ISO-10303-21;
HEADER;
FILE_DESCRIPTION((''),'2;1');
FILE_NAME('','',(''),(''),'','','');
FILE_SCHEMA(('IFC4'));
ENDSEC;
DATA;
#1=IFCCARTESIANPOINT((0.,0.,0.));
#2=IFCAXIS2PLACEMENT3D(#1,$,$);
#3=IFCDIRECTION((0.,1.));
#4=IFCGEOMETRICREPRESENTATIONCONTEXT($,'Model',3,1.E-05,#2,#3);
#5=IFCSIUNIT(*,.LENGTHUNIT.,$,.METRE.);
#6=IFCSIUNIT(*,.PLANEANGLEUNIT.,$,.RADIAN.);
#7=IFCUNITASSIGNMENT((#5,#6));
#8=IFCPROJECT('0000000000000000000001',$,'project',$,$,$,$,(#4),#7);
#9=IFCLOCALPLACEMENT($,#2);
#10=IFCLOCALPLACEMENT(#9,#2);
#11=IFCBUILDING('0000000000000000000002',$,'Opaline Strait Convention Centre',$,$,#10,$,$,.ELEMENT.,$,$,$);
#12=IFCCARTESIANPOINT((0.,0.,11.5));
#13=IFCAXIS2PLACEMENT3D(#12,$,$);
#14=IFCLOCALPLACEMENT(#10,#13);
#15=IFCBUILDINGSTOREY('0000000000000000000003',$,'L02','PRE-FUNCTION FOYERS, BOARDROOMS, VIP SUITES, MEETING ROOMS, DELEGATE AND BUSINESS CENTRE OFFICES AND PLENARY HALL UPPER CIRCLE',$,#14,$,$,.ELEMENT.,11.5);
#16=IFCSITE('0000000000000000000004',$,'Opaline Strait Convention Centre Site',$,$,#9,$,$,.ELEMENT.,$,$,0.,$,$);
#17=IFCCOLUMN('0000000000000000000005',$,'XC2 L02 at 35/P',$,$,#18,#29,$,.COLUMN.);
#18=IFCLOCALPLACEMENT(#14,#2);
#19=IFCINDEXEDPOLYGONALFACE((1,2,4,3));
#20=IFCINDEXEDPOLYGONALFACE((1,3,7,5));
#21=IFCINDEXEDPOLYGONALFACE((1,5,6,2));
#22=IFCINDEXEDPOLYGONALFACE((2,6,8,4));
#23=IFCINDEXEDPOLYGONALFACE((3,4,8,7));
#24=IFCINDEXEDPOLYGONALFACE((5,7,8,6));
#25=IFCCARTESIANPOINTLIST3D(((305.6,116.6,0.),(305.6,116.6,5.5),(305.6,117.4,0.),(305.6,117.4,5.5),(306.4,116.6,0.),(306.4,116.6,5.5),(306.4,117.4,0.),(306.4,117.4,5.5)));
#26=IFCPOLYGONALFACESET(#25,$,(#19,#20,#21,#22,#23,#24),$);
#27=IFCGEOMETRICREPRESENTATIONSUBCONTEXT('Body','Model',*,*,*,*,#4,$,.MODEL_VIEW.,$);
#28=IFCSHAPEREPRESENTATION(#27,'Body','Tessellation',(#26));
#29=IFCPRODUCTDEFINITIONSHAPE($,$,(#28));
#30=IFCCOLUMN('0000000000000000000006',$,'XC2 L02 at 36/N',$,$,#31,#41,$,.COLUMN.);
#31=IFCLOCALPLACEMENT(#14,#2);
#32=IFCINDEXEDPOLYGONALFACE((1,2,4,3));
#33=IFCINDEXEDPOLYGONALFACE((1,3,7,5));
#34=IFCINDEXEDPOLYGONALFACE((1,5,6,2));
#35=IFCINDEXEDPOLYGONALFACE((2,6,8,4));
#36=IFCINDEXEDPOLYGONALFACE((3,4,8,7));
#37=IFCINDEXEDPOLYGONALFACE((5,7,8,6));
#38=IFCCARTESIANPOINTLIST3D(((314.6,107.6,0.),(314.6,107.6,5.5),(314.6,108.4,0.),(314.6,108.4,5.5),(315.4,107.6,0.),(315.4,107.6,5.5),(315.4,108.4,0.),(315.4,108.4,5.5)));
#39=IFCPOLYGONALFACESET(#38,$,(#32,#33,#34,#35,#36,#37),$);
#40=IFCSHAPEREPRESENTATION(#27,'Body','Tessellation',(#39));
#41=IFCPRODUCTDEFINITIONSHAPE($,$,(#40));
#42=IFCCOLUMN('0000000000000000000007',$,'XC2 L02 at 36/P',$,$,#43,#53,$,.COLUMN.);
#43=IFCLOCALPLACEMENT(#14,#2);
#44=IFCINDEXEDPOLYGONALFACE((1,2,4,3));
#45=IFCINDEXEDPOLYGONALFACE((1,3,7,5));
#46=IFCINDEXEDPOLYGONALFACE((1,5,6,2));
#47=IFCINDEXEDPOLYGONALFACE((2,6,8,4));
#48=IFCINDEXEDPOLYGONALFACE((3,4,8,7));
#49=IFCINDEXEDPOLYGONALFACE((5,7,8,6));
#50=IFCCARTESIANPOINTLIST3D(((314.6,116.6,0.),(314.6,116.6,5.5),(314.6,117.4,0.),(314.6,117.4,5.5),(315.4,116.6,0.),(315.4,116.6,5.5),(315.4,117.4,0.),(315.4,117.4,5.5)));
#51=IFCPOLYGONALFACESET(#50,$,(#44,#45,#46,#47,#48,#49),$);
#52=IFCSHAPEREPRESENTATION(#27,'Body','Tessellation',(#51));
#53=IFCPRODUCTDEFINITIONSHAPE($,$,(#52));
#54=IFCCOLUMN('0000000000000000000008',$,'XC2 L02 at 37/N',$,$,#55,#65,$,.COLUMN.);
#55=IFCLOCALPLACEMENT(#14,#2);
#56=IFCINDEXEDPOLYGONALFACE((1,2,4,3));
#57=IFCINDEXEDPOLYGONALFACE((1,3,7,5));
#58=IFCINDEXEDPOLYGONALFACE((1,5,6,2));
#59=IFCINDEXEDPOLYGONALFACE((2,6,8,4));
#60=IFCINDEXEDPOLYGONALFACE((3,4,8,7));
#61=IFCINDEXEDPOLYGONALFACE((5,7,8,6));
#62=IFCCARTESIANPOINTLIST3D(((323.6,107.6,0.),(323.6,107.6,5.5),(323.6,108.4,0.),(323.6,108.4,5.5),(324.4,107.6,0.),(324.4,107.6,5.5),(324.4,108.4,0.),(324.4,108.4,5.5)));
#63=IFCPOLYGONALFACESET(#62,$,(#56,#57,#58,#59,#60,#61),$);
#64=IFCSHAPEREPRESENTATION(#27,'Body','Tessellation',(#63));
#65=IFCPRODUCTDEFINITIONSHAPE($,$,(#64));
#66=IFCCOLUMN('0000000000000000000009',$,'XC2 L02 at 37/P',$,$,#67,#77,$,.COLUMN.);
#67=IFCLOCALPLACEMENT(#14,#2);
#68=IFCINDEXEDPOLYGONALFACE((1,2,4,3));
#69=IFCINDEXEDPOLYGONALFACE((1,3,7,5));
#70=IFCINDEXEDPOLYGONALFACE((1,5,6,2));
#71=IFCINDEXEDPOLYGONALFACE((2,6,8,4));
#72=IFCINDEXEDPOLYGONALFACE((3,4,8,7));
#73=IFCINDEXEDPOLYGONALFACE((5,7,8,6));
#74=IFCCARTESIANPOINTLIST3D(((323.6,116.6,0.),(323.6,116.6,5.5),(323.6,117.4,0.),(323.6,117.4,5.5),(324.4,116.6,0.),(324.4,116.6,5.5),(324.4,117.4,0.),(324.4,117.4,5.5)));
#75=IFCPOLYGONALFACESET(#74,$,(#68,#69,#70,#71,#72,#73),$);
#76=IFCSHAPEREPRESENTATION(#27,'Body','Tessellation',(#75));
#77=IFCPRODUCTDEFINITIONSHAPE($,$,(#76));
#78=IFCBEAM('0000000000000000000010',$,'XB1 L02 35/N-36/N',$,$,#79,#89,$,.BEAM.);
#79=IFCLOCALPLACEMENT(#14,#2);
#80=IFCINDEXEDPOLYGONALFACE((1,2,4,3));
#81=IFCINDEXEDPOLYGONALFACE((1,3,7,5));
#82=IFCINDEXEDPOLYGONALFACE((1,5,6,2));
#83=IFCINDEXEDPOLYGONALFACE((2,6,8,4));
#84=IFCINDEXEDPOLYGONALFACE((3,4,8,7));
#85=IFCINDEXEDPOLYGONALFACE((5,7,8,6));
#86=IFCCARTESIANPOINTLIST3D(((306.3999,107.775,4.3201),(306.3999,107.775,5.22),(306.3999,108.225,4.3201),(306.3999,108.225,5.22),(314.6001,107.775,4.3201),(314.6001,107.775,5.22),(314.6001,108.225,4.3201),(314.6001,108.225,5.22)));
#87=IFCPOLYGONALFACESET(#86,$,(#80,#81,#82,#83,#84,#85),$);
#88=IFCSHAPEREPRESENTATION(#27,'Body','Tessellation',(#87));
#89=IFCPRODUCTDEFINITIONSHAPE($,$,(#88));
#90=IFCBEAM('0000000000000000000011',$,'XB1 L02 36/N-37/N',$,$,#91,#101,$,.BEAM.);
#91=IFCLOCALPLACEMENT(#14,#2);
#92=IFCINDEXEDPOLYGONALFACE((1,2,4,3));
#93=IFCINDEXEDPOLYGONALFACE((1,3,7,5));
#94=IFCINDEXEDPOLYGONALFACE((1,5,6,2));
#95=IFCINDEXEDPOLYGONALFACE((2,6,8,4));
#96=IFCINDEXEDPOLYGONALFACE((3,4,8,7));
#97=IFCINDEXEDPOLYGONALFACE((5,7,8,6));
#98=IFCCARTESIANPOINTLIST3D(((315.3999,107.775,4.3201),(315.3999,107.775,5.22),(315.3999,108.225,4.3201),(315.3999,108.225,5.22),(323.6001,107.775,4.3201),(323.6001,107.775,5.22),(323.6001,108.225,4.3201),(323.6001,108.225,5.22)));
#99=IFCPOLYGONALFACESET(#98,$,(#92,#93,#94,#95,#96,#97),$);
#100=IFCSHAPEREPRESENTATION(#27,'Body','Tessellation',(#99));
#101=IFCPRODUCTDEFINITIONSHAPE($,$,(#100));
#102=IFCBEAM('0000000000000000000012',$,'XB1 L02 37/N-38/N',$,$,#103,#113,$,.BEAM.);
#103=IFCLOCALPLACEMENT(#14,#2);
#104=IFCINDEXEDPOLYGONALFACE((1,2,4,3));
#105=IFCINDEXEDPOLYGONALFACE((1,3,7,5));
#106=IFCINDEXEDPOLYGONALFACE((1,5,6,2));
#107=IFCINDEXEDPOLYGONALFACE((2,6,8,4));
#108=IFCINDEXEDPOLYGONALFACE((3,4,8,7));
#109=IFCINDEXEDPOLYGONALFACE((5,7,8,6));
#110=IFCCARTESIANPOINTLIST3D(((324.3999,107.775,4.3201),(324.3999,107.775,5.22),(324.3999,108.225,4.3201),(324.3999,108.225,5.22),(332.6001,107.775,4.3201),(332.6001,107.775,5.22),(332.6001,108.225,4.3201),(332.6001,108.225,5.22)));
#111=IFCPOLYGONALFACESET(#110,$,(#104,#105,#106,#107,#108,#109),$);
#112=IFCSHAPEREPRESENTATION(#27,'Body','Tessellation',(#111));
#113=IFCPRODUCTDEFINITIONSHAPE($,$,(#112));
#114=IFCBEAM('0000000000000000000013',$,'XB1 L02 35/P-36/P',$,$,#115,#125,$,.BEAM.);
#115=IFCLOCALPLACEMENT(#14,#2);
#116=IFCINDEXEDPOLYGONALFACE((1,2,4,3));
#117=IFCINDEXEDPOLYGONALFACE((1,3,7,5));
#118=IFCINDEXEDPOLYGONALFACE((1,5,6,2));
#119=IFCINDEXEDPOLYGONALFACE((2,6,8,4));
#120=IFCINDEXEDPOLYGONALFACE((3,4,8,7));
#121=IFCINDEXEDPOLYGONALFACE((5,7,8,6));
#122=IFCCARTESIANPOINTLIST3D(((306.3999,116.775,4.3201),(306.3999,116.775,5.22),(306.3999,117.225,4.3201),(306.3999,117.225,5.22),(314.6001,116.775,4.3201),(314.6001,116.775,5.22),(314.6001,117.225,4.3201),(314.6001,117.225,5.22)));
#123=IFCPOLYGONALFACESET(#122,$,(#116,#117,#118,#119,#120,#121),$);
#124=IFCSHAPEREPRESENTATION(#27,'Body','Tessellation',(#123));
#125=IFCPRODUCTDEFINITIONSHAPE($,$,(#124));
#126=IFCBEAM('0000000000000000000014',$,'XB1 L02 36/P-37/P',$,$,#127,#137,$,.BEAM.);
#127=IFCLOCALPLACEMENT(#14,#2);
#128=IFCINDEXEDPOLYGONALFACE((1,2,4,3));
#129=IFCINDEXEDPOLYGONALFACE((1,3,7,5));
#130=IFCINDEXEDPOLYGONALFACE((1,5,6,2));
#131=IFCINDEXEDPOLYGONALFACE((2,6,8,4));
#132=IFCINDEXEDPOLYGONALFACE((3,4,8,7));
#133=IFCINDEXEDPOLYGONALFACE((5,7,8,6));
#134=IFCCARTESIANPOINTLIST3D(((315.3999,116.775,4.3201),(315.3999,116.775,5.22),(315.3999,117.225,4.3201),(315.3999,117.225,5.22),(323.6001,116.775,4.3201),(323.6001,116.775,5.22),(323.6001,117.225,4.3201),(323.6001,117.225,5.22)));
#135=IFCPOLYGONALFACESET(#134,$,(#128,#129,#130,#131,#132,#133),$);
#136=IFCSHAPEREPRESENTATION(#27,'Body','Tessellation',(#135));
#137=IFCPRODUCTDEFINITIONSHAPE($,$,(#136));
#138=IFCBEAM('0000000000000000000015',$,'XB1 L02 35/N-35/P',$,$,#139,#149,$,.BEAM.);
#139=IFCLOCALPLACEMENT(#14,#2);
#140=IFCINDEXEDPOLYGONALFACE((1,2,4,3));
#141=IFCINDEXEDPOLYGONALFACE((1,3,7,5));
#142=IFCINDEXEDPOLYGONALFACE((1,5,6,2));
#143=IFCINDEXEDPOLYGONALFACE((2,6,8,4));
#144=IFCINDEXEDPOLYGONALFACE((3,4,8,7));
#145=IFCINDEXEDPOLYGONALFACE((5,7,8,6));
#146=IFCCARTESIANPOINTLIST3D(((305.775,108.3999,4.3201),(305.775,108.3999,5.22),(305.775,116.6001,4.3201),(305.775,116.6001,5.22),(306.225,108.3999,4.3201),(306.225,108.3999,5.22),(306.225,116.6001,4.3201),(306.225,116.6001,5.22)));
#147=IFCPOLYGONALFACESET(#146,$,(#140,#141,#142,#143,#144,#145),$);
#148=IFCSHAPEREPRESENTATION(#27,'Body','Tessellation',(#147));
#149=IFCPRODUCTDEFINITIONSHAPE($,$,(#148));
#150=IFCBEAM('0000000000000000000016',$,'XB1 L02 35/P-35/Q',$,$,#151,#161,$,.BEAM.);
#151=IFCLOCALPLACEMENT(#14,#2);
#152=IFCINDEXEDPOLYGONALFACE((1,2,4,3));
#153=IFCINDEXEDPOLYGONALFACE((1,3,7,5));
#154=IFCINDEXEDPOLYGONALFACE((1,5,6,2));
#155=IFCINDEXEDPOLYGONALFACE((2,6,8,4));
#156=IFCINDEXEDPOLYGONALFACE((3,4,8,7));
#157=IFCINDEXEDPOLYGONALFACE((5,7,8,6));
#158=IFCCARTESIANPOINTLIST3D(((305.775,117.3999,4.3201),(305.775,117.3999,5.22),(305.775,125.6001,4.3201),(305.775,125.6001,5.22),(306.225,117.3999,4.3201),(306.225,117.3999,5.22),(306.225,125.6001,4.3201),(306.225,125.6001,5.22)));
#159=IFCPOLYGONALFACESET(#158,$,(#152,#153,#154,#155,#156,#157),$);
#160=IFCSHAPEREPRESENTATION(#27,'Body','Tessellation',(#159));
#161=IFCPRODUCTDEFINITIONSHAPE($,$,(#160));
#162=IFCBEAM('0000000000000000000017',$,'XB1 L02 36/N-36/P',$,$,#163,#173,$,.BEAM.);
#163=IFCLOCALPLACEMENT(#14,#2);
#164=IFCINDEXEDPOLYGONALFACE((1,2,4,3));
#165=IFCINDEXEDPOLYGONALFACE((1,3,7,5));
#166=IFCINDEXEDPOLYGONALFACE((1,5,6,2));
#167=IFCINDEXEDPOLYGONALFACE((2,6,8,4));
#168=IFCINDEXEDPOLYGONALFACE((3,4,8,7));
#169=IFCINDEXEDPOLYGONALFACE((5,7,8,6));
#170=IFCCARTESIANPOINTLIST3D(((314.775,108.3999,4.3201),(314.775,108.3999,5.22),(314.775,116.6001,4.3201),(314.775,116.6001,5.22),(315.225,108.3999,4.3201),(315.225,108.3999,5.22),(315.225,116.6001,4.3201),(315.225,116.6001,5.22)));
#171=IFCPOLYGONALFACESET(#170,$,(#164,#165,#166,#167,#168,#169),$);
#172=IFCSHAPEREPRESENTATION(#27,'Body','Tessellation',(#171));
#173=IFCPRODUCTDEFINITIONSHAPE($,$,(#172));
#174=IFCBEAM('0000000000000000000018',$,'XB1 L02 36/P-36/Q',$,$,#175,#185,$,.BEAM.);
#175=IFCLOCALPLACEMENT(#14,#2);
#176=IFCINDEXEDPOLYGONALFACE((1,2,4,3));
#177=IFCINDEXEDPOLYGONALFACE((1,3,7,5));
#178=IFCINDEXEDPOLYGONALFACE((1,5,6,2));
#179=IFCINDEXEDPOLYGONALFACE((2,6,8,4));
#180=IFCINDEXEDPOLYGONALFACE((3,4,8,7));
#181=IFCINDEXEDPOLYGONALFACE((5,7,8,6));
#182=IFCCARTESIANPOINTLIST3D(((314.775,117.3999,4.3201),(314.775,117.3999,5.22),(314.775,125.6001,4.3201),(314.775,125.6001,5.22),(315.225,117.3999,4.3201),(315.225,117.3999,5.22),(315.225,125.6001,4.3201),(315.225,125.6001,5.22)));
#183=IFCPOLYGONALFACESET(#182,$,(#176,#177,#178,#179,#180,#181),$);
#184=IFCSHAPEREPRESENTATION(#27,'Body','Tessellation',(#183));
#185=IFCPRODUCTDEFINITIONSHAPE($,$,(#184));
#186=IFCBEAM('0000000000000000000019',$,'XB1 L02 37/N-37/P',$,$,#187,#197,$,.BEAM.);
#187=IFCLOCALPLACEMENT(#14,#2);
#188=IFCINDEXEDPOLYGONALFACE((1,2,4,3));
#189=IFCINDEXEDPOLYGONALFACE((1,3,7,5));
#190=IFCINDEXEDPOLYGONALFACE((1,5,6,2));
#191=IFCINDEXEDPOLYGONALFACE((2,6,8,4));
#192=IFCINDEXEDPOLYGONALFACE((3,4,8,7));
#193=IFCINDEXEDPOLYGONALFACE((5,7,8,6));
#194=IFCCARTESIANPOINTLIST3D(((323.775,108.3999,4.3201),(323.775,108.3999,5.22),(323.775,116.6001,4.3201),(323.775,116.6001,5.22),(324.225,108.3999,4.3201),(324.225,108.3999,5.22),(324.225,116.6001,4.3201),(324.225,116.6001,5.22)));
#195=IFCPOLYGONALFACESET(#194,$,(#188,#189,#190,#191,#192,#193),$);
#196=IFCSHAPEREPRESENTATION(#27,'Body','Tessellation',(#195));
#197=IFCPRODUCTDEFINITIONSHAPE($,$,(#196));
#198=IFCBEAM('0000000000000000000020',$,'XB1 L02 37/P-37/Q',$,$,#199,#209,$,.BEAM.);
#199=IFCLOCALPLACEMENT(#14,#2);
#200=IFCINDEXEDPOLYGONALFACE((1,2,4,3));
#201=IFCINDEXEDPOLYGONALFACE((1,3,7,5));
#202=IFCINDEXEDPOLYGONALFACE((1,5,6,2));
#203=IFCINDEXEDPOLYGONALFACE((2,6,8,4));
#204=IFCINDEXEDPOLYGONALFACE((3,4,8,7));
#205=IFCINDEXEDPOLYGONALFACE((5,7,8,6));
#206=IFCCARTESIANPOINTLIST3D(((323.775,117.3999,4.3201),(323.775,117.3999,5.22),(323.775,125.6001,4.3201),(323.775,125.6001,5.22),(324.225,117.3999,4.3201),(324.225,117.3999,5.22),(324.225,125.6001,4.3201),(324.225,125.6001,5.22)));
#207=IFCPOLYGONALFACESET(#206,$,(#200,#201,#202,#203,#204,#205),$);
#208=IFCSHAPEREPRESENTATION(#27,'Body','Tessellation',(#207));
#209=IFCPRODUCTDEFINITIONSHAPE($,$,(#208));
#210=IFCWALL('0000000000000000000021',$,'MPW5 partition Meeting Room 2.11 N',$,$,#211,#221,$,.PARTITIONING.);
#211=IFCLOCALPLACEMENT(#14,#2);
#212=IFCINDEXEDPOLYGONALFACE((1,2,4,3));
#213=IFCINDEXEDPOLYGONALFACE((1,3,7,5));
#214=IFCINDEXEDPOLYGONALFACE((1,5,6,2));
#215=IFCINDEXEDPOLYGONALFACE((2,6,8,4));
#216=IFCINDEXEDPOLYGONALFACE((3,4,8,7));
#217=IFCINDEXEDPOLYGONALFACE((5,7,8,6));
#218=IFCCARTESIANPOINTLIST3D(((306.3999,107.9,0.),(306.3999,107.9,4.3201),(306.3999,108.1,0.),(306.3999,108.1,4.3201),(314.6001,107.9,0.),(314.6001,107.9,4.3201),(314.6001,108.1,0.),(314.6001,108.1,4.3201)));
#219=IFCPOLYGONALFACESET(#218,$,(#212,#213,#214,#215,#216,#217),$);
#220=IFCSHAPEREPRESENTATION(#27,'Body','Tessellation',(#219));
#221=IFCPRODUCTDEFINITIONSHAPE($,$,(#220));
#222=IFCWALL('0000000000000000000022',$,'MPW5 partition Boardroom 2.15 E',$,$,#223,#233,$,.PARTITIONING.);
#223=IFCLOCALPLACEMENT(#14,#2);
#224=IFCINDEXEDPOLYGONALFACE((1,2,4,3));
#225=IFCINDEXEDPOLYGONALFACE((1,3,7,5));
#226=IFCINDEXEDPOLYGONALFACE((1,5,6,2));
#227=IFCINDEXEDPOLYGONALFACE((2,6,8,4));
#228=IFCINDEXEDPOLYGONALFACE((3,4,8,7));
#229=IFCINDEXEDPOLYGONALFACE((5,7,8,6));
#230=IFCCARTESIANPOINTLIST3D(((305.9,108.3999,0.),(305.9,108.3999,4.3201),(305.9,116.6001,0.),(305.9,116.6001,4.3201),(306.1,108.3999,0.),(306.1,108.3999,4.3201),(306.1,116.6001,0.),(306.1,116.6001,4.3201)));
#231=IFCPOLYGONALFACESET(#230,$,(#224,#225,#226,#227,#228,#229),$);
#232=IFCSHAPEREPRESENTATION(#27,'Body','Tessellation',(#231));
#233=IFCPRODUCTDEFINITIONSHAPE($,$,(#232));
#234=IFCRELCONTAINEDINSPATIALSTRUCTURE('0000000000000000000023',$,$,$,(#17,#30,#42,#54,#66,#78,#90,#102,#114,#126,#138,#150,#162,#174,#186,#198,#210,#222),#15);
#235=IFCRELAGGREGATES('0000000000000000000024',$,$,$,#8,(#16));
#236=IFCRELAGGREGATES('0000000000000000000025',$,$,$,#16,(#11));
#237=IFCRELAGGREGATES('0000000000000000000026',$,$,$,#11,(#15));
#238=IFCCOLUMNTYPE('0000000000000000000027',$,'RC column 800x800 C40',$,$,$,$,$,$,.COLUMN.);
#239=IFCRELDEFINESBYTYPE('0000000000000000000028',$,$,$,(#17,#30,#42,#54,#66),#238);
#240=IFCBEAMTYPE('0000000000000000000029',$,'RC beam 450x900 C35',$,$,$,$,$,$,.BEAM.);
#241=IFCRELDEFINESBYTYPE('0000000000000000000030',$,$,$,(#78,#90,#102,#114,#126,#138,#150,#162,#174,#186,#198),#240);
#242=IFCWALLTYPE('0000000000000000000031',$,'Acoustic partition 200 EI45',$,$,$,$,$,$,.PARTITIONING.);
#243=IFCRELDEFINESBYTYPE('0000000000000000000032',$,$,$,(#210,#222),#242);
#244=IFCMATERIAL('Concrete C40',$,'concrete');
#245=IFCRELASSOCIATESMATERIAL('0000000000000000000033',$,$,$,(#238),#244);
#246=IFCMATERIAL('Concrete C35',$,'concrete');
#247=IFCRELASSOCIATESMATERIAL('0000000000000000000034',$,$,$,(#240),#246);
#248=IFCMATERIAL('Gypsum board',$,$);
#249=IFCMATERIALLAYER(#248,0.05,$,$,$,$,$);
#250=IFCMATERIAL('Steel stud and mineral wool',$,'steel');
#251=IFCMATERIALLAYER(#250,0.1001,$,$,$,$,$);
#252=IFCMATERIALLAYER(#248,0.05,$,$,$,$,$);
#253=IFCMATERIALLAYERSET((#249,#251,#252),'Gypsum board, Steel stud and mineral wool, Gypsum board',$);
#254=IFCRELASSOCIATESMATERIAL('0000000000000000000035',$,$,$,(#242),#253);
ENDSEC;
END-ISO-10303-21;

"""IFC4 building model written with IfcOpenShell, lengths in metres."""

from ifc_helpers import new_model, si_unit, direction, frame, frame_2d, origin, origin_2d, place, context, subcontext, project, spatial, rectangle, extrude, material, layer, layer_set, material_profile, profile_set, type_object, element, save


model = new_model("IFC4")

# Units and contexts
model_context = context("Model", 3, precision=1e-05, world=origin(), true_north=direction((0.0, 1.0)))
body_context = subcontext(model_context, "Body", "Model", "MODEL_VIEW")
ifc_project = project(units=[si_unit("LENGTHUNIT", "METRE"), si_unit("PLANEANGLEUNIT", "RADIAN")], contexts=[model_context])

# Site, building, storey
site_placement = place(None, origin())
site = spatial("IfcSite", under=ifc_project, at=site_placement, Name="Opaline Strait Convention Centre Site", CompositionType="ELEMENT", RefElevation=0.0)
building_placement = place(site_placement, origin())
building = spatial("IfcBuilding", under=site, at=building_placement, Name="Opaline Strait Convention Centre", CompositionType="ELEMENT")
storey_placement = place(building_placement, frame((0.0, 0.0, 11.5)))
storey = spatial("IfcBuildingStorey", under=building, at=storey_placement, Name="L02", Description="PRE-FUNCTION FOYERS, BOARDROOMS, VIP SUITES, MEETING ROOMS, DELEGATE AND BUSINESS CENTRE OFFICES AND PLENARY HALL UPPER CIRCLE", CompositionType="ELEMENT", Elevation=11.5)

# Columns
ifc_material_1 = material(Name="Concrete C40", Category="concrete")
ifc_material_profile_1 = material_profile(ifc_material_1, rectangle(XDim=0.8, YDim=0.8, at=origin_2d()), Name="RC 800x800")
ifc_profile_set_1 = profile_set([ifc_material_profile_1], Name="Concrete C40")
column_type = type_object("IfcColumnType", Name="RC column 800x800 C40", PredefinedType="COLUMN", material=ifc_profile_set_1)
for number, where, z_axis, x_axis, name in (
    (1, (306.0, 117.0, 0.0), (0.0, 0.0, 1.0), (1.0, 0.0, 0.0), "XC2 L02 at 35/P"),
    (2, (315.0, 108.0, 0.0), (0.0, 0.0, 1.0), (1.0, 0.0, 0.0), "XC2 L02 at 36/N"),
    (3, (315.0, 117.0, 0.0), (0.0, 0.0, 1.0), (1.0, 0.0, 0.0), "XC2 L02 at 36/P"),
    (4, (324.0, 108.0, 0.0), (0.0, 0.0, 1.0), (1.0, 0.0, 0.0), "XC2 L02 at 37/N"),
    (5, (324.0, 117.0, 0.0), (0.0, 0.0, 1.0), (1.0, 0.0, 0.0), "XC2 L02 at 37/P"),
):
    element("IfcColumn", number, at=place(storey_placement, frame(where, z_axis=z_axis, x_axis=x_axis)), inside=storey, type_object=column_type, Name=name, PredefinedType="COLUMN", context=body_context, shape_type="SweptSolid", body=[
        extrude(rectangle(XDim=0.8, YDim=0.8, at=origin_2d()), origin(), (0.0, 0.0, 1.0), 5.5),
    ])

# Beams
ifc_material_2 = material(Name="Concrete C35", Category="concrete")
ifc_material_profile_2 = material_profile(ifc_material_2, rectangle(XDim=0.45, YDim=0.8999, at=origin_2d()), Name="RC 450x900")
ifc_profile_set_2 = profile_set([ifc_material_profile_2], Name="Concrete C35")
beam_type = type_object("IfcBeamType", Name="RC beam 450x900 C35", PredefinedType="BEAM", material=ifc_profile_set_2)
for number, where, z_axis, x_axis, name in (
    (6, (306.3999, 108.0, 4.77), (1.0, 0.0, 0.0), (0.0, 1.0, 0.0), "XB1 L02 35/N-36/N"),
    (7, (315.3999, 108.0, 4.77), (1.0, 0.0, 0.0), (0.0, 1.0, 0.0), "XB1 L02 36/N-37/N"),
    (8, (324.3999, 108.0, 4.77), (1.0, 0.0, 0.0), (0.0, 1.0, 0.0), "XB1 L02 37/N-38/N"),
    (9, (306.3999, 117.0, 4.77), (1.0, 0.0, 0.0), (0.0, 1.0, 0.0), "XB1 L02 35/P-36/P"),
    (10, (315.3999, 117.0, 4.77), (1.0, 0.0, 0.0), (0.0, 1.0, 0.0), "XB1 L02 36/P-37/P"),
    (11, (306.0, 108.3999, 4.77), (0.0, 1.0, 0.0), (-1.0, 0.0, 0.0), "XB1 L02 35/N-35/P"),
    (12, (306.0, 117.3999, 4.77), (0.0, 1.0, 0.0), (-1.0, 0.0, 0.0), "XB1 L02 35/P-35/Q"),
    (13, (315.0, 108.3999, 4.77), (0.0, 1.0, 0.0), (-1.0, 0.0, 0.0), "XB1 L02 36/N-36/P"),
    (14, (315.0, 117.3999, 4.77), (0.0, 1.0, 0.0), (-1.0, 0.0, 0.0), "XB1 L02 36/P-36/Q"),
    (15, (324.0, 108.3999, 4.77), (0.0, 1.0, 0.0), (-1.0, 0.0, 0.0), "XB1 L02 37/N-37/P"),
    (16, (324.0, 117.3999, 4.77), (0.0, 1.0, 0.0), (-1.0, 0.0, 0.0), "XB1 L02 37/P-37/Q"),
):
    element("IfcBeam", number, at=place(storey_placement, frame(where, z_axis=z_axis, x_axis=x_axis)), inside=storey, type_object=beam_type, Name=name, PredefinedType="BEAM", context=body_context, shape_type="SweptSolid", body=[
        extrude(rectangle(XDim=0.45, YDim=0.8999, at=origin_2d()), origin(), (0.0, 0.0, 1.0), 8.2002),
    ])

# Walls
ifc_material_3 = material(Name="Gypsum board")
ifc_layer_1 = layer(ifc_material_3, 0.05)
ifc_material_4 = material(Name="Steel stud and mineral wool", Category="steel")
ifc_layer_2 = layer(ifc_material_4, 0.1001)
ifc_layer_3 = layer(ifc_material_3, 0.05)
ifc_layer_set_1 = layer_set([ifc_layer_1, ifc_layer_2, ifc_layer_3], Name="Gypsum board, Steel stud and mineral wool, Gypsum board")
wall_type_1 = type_object("IfcWallType", Name="Acoustic partition 200 EI45", PredefinedType="PARTITIONING", material=ifc_layer_set_1)
for number, where, z_axis, x_axis, name in (
    (17, (306.3999, 108.0, 0.0), (0.0, 0.0, 1.0), (1.0, 0.0, 0.0), "MPW5 partition Meeting Room 2.11 N"),
    (18, (306.0, 108.3999, 0.0), (0.0, 0.0, 1.0), (0.0, 1.0, 0.0), "MPW5 partition Boardroom 2.15 E"),
):
    element("IfcWall", number, at=place(storey_placement, frame(where, z_axis=z_axis, x_axis=x_axis)), inside=storey, type_object=wall_type_1, Name=name, PredefinedType="PARTITIONING", context=body_context, shape_type="SweptSolid", body=[
        extrude(rectangle(XDim=8.2002, YDim=0.2, at=frame_2d((4.1001, 0.0))), origin(), (0.0, 0.0, 1.0), 4.3201),
    ])

save(model, "model.ifc")
